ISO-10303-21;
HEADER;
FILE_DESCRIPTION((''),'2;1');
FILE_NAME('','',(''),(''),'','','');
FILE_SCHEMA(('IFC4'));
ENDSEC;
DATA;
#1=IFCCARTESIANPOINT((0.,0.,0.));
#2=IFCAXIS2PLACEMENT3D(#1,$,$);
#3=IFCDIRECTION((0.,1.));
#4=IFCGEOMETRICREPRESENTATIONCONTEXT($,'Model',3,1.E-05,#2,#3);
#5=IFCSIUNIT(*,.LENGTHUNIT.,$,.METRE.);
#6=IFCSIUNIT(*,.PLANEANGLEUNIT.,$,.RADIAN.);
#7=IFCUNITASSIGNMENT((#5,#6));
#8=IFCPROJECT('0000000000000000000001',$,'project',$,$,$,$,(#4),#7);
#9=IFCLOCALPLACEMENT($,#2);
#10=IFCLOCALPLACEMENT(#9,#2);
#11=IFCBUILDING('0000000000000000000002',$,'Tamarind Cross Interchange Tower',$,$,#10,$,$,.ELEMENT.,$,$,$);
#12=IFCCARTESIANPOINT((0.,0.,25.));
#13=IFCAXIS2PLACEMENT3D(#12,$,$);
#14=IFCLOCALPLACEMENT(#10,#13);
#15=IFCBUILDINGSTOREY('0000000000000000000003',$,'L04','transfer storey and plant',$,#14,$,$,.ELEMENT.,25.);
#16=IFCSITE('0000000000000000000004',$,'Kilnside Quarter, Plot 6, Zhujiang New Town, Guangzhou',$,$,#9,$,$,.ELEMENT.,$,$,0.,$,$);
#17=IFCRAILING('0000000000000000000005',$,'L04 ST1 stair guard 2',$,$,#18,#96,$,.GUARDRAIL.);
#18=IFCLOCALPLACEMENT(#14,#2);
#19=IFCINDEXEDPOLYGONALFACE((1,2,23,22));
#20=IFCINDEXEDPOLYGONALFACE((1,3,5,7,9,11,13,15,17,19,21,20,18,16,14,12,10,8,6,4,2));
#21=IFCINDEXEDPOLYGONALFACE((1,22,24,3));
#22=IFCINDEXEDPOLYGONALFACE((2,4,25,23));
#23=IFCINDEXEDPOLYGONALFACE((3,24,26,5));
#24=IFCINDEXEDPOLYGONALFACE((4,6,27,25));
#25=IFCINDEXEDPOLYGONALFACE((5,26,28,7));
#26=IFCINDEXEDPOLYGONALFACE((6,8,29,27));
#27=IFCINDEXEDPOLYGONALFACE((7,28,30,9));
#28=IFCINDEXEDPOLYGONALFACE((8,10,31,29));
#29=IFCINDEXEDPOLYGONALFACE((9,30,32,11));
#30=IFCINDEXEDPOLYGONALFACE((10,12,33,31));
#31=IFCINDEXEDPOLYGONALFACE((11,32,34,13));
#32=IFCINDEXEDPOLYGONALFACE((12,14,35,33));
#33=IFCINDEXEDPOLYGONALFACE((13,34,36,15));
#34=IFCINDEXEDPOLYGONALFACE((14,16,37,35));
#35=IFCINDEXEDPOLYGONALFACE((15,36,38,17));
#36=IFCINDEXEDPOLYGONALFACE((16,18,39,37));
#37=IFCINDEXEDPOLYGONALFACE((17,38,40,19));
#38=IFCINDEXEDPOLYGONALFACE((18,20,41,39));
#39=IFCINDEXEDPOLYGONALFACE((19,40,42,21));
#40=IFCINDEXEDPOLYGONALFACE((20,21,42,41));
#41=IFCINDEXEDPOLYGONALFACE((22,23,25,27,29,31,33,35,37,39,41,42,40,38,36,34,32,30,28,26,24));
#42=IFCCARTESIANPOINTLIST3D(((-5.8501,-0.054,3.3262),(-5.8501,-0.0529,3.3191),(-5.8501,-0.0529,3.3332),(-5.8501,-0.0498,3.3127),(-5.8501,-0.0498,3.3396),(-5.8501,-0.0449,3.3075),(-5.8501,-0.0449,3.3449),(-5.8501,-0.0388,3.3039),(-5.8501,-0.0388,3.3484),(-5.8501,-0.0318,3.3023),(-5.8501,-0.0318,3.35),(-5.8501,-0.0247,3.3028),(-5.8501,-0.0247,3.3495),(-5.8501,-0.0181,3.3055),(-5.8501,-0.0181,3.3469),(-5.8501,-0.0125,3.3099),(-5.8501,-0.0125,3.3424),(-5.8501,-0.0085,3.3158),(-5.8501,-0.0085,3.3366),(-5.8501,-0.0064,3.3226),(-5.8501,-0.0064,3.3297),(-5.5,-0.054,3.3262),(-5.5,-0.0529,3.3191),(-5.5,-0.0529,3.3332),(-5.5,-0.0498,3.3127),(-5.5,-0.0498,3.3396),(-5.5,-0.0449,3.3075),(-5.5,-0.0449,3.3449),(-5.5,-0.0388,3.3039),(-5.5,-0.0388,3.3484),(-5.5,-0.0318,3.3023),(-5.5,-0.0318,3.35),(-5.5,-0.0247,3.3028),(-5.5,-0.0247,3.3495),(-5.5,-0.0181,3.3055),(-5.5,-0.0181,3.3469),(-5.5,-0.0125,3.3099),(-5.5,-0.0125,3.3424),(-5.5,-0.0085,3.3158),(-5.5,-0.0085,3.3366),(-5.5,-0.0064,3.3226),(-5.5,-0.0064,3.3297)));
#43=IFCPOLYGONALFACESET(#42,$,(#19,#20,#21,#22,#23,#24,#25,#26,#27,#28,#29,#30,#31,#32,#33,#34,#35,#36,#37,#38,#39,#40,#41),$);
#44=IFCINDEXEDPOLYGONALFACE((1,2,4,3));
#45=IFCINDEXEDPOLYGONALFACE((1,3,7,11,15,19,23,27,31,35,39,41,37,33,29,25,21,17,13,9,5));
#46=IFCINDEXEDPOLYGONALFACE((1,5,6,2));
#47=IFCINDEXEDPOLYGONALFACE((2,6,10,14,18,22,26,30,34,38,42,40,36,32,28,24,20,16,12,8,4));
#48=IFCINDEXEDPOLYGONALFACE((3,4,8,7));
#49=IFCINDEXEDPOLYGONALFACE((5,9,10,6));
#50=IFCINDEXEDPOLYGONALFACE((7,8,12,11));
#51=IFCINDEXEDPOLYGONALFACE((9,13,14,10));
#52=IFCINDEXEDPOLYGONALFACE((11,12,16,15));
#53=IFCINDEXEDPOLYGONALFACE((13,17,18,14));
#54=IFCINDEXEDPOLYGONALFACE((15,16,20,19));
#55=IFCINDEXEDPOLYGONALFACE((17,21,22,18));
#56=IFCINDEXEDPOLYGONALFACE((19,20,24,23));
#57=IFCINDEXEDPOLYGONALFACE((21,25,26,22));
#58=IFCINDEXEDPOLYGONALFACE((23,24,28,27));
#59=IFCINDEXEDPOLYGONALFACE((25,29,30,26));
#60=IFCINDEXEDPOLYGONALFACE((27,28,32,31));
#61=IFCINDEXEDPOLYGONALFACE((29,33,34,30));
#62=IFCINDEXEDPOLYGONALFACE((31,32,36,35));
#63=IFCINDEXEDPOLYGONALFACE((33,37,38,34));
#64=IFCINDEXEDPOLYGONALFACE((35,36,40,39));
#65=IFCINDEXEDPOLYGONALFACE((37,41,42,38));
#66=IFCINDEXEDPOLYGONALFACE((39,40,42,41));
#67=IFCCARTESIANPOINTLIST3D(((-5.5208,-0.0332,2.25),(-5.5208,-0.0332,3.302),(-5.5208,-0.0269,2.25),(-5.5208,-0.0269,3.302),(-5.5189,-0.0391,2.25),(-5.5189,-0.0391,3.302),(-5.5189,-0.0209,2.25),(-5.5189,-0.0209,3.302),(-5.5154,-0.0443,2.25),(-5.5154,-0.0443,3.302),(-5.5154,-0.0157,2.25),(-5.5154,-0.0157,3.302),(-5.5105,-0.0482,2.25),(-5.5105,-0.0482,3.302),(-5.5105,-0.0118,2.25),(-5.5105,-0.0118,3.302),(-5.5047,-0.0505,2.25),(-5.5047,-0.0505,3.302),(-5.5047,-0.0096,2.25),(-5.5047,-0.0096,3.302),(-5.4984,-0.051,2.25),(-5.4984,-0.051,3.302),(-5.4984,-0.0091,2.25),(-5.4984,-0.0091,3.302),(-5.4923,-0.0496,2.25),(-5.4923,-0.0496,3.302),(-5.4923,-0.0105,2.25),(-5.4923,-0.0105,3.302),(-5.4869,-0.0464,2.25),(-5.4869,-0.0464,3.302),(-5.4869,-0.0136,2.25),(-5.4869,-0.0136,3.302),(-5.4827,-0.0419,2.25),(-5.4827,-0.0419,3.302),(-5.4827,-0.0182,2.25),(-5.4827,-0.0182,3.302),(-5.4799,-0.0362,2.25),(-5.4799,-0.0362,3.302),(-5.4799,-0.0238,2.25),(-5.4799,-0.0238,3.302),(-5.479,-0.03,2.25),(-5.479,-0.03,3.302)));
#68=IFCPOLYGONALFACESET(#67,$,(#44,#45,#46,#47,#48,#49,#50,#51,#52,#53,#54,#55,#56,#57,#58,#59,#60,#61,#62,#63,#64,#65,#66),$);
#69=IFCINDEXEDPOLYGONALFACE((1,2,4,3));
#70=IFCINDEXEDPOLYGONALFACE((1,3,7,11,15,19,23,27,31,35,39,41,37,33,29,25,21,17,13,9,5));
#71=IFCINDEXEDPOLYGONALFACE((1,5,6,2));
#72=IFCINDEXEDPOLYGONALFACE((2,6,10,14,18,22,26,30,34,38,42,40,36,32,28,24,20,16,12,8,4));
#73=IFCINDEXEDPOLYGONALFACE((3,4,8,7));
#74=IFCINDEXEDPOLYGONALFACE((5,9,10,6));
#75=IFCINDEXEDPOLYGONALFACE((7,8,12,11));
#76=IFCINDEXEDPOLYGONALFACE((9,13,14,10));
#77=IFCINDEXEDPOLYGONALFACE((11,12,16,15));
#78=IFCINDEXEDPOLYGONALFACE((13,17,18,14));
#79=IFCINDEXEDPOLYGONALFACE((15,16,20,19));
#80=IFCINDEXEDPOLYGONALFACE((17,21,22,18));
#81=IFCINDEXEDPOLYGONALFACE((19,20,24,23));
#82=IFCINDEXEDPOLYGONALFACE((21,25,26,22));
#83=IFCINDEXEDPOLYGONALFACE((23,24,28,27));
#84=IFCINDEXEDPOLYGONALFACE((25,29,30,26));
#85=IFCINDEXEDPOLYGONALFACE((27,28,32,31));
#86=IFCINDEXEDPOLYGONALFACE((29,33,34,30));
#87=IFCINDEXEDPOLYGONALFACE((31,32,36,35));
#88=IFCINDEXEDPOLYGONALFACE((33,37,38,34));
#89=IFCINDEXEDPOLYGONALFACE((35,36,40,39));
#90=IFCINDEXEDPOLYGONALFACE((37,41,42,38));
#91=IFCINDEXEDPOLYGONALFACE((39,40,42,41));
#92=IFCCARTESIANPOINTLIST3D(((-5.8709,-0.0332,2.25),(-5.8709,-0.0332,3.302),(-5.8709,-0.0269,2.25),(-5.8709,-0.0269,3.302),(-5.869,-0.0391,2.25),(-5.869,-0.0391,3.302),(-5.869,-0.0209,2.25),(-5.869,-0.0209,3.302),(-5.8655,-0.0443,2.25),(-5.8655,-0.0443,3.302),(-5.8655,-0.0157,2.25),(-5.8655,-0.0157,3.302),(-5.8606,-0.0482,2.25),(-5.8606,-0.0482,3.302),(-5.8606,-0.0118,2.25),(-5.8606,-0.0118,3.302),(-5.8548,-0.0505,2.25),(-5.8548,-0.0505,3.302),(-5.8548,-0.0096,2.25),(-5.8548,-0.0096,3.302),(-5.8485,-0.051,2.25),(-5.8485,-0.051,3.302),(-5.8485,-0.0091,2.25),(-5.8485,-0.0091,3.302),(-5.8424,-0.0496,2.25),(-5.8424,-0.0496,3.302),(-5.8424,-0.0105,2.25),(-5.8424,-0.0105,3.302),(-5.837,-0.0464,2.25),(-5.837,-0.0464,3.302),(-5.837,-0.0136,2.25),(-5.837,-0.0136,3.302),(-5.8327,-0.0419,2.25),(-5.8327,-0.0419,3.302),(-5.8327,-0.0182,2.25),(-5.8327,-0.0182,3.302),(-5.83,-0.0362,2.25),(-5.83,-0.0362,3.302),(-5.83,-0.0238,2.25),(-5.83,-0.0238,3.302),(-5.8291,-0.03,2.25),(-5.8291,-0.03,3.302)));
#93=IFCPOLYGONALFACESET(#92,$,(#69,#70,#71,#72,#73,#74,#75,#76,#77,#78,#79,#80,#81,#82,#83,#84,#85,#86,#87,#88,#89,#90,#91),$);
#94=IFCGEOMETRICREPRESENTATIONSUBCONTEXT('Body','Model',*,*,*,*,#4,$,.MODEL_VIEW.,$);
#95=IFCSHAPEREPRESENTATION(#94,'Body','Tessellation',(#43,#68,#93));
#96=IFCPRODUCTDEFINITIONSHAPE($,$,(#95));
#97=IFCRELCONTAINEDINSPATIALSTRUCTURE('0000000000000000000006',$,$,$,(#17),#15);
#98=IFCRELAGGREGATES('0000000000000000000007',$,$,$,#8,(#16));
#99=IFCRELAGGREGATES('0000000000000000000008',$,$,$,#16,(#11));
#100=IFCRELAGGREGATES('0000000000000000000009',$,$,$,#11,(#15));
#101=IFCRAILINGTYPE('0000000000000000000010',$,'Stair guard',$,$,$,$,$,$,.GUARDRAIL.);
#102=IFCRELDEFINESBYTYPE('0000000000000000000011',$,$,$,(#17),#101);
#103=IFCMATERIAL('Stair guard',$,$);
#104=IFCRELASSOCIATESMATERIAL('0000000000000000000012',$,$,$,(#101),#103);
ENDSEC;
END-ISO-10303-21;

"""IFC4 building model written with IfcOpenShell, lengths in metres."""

from ifc_helpers import new_model, si_unit, direction, frame, origin, origin_2d, place, context, subcontext, project, spatial, circle, extrude, material, type_object, element, save


model = new_model("IFC4")

# Units and contexts
model_context = context("Model", 3, precision=1e-05, world=origin(), true_north=direction((0.0, 1.0)))
body_context = subcontext(model_context, "Body", "Model", "MODEL_VIEW")
ifc_project = project(units=[si_unit("LENGTHUNIT", "METRE"), si_unit("PLANEANGLEUNIT", "RADIAN")], contexts=[model_context])

# Site, building, storey
site_placement = place(None, origin())
site = spatial("IfcSite", under=ifc_project, at=site_placement, Name="Kilnside Quarter, Plot 6, Zhujiang New Town, Guangzhou", CompositionType="ELEMENT", RefElevation=0.0)
building_placement = place(site_placement, origin())
building = spatial("IfcBuilding", under=site, at=building_placement, Name="Tamarind Cross Interchange Tower", CompositionType="ELEMENT")
storey_placement = place(building_placement, frame((0.0, 0.0, 25.0)))
storey = spatial("IfcBuildingStorey", under=building, at=storey_placement, Name="L04", Description="transfer storey and plant", CompositionType="ELEMENT", Elevation=25.0)

# Railing
ifc_material_1 = material(Name="Stair guard")
railing_type = type_object("IfcRailingType", Name="Stair guard", PredefinedType="GUARDRAIL", material=ifc_material_1)
railing_1_placement = place(storey_placement, frame((-5.5, -0.03, 2.25)))
element("IfcRailing", 1, at=railing_1_placement, inside=storey, type_object=railing_type, Name="L04 ST1 stair guard 2", PredefinedType="GUARDRAIL", context=body_context, shape_type="SweptSolid", body=[
    extrude(circle(Radius=0.0239, at=origin_2d()), frame((0.0, 0.0, 1.0762), z_axis=(-1.0, 0.0, 0.0), x_axis=(0.0, -1.0, 0.0)), (0.0, 0.0, 1.0), 0.3501),
    extrude(circle(Radius=0.021, at=origin_2d()), origin(), (0.0, 0.0, 1.0), 1.052),
    extrude(circle(Radius=0.021, at=origin_2d()), frame((-0.3501, 0.0, 0.0)), (0.0, 0.0, 1.0), 1.052),
])

save(model, "model.ifc")
